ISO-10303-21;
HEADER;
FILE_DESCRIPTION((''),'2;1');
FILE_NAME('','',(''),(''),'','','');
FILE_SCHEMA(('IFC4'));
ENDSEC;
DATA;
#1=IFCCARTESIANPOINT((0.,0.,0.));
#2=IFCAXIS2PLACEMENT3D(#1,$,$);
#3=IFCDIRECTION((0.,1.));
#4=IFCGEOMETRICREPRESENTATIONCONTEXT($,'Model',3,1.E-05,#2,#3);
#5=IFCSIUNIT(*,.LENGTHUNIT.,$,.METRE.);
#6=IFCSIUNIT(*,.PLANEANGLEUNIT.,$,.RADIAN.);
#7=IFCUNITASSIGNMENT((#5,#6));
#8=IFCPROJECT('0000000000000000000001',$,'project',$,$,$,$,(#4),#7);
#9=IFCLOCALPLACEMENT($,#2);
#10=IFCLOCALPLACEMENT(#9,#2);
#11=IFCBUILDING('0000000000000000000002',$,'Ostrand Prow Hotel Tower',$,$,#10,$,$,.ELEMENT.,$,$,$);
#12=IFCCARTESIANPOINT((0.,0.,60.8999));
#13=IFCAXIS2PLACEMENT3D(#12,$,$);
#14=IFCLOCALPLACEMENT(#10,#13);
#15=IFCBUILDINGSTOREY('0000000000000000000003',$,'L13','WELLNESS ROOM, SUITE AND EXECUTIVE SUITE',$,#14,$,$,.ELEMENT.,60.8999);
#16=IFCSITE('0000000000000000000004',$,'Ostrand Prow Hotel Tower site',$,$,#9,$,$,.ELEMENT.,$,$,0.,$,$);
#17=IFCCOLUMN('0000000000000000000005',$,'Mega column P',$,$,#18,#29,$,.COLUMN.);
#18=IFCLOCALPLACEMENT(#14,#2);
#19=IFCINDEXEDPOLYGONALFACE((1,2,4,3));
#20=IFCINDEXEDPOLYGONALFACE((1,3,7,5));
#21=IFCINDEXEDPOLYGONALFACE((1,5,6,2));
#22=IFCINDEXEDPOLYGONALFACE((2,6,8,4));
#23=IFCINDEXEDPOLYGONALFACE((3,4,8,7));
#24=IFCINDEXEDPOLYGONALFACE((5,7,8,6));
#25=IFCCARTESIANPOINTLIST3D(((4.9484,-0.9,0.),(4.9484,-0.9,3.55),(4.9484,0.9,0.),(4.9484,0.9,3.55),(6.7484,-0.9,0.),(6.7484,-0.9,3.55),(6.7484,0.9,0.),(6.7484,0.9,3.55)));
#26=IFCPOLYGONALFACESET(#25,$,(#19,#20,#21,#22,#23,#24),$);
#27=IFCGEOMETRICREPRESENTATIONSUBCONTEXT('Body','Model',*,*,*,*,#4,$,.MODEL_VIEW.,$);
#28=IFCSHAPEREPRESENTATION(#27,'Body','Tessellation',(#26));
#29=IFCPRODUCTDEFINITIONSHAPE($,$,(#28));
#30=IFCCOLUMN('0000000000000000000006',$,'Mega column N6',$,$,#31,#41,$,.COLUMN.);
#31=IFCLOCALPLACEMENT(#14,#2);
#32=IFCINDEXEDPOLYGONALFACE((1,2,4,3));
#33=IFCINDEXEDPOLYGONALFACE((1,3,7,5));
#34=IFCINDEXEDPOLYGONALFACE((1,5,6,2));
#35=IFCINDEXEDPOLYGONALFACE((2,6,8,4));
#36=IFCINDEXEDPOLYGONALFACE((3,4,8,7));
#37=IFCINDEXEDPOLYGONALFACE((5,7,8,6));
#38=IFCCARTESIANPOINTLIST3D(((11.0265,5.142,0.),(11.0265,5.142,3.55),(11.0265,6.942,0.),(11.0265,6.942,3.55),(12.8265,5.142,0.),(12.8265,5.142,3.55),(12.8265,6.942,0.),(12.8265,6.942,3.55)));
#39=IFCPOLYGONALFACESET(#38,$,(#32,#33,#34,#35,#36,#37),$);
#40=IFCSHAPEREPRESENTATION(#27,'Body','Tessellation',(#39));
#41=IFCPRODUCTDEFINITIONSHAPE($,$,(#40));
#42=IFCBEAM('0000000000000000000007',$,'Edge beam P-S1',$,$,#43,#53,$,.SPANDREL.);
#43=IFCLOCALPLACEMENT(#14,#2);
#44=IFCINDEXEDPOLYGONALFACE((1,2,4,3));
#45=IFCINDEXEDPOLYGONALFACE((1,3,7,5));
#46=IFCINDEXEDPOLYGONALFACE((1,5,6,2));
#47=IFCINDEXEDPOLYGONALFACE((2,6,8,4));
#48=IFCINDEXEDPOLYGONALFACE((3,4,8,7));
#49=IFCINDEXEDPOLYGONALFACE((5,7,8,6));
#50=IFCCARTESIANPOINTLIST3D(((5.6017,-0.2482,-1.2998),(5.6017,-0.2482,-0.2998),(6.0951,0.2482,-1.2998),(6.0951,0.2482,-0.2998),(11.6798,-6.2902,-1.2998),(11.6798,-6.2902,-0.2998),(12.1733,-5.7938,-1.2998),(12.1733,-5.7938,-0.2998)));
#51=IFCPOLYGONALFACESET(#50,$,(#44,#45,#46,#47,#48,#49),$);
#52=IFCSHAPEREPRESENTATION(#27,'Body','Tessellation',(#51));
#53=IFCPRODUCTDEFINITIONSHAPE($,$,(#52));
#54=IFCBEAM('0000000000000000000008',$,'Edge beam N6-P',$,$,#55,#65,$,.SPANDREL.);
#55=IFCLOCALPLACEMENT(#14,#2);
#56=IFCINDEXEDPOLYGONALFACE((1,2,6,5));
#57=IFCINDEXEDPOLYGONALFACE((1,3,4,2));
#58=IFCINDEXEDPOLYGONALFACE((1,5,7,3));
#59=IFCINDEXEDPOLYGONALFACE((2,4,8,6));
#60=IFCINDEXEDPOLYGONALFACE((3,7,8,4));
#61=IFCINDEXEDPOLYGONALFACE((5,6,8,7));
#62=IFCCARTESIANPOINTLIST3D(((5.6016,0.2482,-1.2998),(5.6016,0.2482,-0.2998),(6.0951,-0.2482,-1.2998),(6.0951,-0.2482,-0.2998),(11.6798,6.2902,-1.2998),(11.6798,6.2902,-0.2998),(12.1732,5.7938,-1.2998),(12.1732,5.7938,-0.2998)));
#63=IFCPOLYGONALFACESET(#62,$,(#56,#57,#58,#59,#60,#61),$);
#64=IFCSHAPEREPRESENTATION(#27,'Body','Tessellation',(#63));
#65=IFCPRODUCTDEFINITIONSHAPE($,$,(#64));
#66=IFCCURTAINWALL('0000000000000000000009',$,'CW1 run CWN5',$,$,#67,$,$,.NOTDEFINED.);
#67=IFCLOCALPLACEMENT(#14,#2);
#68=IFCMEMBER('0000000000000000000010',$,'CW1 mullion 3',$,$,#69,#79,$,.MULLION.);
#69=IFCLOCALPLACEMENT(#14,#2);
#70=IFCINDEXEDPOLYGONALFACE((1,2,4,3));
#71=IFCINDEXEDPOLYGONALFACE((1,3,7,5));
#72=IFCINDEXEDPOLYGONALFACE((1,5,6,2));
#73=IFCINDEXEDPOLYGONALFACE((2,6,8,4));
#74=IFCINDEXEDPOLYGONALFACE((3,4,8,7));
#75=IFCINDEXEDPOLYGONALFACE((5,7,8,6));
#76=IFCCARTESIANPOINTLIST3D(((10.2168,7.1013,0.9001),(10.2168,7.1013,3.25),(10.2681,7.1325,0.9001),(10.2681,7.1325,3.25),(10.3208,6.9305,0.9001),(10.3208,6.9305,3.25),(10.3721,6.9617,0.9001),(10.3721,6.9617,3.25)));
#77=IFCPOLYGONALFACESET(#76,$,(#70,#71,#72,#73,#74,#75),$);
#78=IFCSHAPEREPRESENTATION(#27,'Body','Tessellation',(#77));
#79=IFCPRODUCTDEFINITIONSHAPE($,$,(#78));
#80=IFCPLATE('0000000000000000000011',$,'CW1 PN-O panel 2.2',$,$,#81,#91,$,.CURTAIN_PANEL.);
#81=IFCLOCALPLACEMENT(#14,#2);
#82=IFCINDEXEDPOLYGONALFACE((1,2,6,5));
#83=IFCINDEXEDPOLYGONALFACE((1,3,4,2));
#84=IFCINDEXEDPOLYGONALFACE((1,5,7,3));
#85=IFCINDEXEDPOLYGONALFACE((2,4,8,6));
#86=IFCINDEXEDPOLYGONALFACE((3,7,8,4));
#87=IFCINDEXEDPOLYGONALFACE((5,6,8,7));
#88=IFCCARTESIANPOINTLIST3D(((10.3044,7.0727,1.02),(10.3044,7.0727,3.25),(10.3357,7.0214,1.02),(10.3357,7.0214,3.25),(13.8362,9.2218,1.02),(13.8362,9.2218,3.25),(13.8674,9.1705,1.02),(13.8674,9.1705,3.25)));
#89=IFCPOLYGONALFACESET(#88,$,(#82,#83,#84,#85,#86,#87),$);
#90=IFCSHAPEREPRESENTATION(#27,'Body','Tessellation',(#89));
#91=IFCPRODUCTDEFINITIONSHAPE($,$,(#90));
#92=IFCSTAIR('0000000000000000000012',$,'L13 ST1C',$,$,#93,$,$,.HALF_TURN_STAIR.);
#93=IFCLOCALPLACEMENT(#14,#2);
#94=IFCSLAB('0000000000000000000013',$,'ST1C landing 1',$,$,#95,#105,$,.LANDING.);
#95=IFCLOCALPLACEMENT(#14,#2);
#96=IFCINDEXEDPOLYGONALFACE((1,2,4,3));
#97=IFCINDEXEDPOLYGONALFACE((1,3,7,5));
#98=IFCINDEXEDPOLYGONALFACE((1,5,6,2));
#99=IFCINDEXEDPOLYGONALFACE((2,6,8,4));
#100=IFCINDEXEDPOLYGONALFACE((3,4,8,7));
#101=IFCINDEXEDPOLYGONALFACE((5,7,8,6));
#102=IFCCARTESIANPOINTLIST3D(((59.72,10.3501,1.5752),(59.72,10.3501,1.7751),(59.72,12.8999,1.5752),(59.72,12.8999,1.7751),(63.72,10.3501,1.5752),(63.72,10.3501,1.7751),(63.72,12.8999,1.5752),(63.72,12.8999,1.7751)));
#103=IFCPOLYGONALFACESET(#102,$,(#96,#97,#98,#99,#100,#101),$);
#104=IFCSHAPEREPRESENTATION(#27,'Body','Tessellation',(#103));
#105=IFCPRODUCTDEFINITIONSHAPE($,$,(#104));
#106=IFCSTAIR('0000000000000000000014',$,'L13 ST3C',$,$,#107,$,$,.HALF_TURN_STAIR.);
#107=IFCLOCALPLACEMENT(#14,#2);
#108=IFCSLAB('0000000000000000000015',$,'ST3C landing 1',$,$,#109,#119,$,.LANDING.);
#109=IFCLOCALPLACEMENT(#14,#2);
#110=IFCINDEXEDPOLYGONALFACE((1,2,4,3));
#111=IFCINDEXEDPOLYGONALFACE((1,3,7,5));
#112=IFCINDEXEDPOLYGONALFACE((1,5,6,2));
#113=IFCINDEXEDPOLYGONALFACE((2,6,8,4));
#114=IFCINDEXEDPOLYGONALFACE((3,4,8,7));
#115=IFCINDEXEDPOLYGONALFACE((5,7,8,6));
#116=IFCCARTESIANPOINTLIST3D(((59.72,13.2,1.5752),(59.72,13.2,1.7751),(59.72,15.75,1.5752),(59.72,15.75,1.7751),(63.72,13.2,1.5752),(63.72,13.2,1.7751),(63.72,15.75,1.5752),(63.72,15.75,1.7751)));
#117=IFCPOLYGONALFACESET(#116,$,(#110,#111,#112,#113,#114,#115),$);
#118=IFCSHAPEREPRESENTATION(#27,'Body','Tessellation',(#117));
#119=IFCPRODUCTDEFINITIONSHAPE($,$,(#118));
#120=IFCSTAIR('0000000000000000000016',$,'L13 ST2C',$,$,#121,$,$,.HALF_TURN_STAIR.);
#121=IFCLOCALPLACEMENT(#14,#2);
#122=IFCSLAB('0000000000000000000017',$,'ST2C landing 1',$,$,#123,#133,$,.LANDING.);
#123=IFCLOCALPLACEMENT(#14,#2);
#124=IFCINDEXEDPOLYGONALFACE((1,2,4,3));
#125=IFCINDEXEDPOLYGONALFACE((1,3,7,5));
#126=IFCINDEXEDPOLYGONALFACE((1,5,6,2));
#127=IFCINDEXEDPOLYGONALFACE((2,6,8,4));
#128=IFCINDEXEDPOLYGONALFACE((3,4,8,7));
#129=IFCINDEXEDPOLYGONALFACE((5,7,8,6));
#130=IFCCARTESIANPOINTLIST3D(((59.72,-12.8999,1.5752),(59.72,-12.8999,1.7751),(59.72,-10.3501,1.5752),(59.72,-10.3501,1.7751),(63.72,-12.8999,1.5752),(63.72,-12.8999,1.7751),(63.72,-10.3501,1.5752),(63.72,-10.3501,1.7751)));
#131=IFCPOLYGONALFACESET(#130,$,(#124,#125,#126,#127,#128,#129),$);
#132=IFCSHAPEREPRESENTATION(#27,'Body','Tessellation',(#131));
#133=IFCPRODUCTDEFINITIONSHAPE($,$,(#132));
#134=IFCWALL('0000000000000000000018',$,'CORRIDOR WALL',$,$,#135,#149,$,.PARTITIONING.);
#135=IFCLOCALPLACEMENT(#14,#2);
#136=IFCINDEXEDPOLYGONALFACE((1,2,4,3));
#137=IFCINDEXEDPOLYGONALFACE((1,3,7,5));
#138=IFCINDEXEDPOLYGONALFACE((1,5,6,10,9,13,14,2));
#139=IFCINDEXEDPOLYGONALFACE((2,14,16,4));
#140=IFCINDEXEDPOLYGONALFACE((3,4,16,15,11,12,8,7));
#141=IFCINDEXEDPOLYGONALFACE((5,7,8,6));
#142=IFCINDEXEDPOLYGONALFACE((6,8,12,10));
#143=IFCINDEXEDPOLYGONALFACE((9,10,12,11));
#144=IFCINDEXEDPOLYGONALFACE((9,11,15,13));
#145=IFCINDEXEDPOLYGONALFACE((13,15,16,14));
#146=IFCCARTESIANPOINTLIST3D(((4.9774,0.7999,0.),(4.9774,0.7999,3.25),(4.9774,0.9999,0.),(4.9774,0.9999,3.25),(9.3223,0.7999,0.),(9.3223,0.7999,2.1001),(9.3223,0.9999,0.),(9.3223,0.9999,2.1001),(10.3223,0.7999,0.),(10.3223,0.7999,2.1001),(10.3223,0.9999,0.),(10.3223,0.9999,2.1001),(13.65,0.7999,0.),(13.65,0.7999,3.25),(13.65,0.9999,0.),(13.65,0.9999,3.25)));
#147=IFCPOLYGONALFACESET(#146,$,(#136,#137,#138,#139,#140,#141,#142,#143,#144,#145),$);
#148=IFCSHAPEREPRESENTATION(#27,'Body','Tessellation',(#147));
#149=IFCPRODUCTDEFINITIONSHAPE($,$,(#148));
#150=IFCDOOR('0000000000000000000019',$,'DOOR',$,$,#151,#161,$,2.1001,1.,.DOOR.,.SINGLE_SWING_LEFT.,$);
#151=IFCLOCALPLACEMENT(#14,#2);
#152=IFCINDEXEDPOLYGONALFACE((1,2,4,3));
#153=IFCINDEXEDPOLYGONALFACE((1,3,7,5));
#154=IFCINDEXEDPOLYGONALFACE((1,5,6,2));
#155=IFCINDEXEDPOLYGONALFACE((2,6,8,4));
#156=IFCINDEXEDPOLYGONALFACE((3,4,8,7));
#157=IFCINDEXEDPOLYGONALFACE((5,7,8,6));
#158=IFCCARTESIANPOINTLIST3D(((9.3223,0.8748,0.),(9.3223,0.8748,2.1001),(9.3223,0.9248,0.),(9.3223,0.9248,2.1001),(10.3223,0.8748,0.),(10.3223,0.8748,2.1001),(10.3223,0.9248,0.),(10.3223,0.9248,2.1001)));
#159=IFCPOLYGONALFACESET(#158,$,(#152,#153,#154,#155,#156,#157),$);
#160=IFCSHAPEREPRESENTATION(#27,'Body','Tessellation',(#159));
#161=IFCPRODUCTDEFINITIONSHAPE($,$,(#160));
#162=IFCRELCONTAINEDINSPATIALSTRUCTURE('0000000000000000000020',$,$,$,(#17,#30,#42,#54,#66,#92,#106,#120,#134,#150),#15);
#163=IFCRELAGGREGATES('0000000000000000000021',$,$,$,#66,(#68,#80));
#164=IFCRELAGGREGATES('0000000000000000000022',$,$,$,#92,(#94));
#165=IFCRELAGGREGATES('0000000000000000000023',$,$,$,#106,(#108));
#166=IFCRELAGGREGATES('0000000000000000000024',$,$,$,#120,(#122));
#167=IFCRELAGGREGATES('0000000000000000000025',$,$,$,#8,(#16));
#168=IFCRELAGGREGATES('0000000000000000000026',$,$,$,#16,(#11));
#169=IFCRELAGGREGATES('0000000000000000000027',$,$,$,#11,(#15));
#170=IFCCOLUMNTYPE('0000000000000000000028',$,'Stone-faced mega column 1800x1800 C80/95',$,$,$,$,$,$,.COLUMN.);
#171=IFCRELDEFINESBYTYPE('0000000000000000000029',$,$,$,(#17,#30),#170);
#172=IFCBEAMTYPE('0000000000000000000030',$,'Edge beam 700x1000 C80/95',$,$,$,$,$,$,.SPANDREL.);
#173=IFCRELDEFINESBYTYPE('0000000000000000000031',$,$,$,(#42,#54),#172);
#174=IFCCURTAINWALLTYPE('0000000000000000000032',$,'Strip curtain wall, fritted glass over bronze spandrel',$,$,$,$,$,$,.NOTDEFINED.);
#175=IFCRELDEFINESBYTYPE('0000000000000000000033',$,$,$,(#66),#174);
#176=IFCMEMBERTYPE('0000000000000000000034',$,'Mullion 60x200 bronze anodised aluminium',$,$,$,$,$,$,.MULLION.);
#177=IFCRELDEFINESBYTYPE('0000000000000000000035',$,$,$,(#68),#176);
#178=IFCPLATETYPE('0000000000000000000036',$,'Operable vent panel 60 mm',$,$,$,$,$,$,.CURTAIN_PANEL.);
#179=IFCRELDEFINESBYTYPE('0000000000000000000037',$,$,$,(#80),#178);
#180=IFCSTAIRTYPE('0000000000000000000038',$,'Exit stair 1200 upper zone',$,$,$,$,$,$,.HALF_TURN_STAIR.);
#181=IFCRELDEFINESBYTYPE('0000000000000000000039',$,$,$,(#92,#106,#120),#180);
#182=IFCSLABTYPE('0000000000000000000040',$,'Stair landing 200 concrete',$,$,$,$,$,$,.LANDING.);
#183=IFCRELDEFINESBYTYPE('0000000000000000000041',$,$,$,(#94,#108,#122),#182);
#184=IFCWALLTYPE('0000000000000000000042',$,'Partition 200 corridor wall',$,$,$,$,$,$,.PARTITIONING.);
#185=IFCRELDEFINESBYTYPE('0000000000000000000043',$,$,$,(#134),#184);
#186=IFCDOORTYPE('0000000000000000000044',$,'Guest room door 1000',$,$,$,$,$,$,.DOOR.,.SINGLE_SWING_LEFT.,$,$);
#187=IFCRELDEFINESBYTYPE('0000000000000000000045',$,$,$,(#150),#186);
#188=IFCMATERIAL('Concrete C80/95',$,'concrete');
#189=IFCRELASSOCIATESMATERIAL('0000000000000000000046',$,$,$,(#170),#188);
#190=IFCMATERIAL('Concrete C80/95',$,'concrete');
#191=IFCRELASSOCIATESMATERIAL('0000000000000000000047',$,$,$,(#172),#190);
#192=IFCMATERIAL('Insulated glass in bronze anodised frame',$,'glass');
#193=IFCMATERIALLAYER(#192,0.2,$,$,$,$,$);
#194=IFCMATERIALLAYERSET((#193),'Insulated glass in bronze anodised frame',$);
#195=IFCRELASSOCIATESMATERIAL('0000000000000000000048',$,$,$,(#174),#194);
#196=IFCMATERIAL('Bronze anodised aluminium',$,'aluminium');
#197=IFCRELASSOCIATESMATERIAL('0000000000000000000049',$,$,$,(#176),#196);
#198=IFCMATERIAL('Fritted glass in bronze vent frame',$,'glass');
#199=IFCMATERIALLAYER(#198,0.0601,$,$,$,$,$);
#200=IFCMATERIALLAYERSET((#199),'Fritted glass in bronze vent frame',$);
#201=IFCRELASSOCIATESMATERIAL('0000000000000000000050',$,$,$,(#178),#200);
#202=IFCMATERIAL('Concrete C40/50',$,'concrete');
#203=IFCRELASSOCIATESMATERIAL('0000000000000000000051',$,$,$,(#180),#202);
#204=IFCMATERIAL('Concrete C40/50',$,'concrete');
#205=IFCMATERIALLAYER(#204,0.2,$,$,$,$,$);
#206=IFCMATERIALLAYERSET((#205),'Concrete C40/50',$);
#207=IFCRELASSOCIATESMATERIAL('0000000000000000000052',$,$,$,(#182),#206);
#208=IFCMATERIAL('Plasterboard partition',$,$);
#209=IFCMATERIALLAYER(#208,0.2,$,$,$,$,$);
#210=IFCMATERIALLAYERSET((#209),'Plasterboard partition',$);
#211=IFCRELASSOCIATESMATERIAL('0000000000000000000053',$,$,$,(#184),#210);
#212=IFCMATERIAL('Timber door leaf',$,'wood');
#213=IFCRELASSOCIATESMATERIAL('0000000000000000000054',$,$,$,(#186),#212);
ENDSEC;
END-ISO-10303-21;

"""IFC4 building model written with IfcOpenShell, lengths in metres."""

from ifc_helpers import new_model, si_unit, direction, frame, frame_2d, origin, origin_2d, place, context, subcontext, project, spatial, polyline, rectangle, outline, extrude, material, layer, layer_set, material_profile, profile_set, type_object, element, fill, aggregate, save


model = new_model("IFC4")

# Units and contexts
model_context = context("Model", 3, precision=1e-05, world=origin(), true_north=direction((0.0, 1.0)))
body_context = subcontext(model_context, "Body", "Model", "MODEL_VIEW")
ifc_project = project(units=[si_unit("LENGTHUNIT", "METRE"), si_unit("PLANEANGLEUNIT", "RADIAN")], contexts=[model_context])

# Site, building, storey
site_placement = place(None, origin())
site = spatial("IfcSite", under=ifc_project, at=site_placement, Name="Ostrand Prow Hotel Tower site", CompositionType="ELEMENT", RefElevation=0.0)
building_placement = place(site_placement, origin())
building = spatial("IfcBuilding", under=site, at=building_placement, Name="Ostrand Prow Hotel Tower", CompositionType="ELEMENT")
storey_placement = place(building_placement, frame((0.0, 0.0, 60.8999)))
storey = spatial("IfcBuildingStorey", under=building, at=storey_placement, Name="L13", Description="WELLNESS ROOM, SUITE AND EXECUTIVE SUITE", CompositionType="ELEMENT", Elevation=60.8999)

# Columns
ifc_material_1 = material(Name="Concrete C80/95", Category="concrete")
ifc_material_profile_1 = material_profile(ifc_material_1, rectangle(XDim=1.8, YDim=1.8, at=origin_2d()), Name="RC 1800x1800")
ifc_profile_set_1 = profile_set([ifc_material_profile_1], Name="Concrete C80/95")
column_type = type_object("IfcColumnType", Name="Stone-faced mega column 1800x1800 C80/95", PredefinedType="COLUMN", material=ifc_profile_set_1)
for number, where, z_axis, x_axis, name in (
    (1, (5.8484, 0.0, 0.0), (0.0, 0.0, 1.0), (1.0, 0.0, 0.0), "Mega column P"),
    (2, (11.9265, 6.042, 0.0), (0.0, 0.0, 1.0), (1.0, 0.0, 0.0), "Mega column N6"),
):
    element("IfcColumn", number, at=place(storey_placement, frame(where, z_axis=z_axis, x_axis=x_axis)), inside=storey, type_object=column_type, Name=name, PredefinedType="COLUMN", context=body_context, shape_type="SweptSolid", body=[
        extrude(rectangle(XDim=1.8, YDim=1.8, at=origin_2d()), origin(), (0.0, 0.0, 1.0), 3.55),
    ])

# Beams
ifc_material_2 = material(Name="Concrete C80/95", Category="concrete")
ifc_material_profile_2 = material_profile(ifc_material_2, rectangle(XDim=0.7, YDim=1.0, at=origin_2d()), Name="RC 700x1000")
ifc_profile_set_2 = profile_set([ifc_material_profile_2], Name="Concrete C80/95")
beam_type = type_object("IfcBeamType", Name="Edge beam 700x1000 C80/95", PredefinedType="SPANDREL", material=ifc_profile_set_2)
for number, where, z_axis, x_axis, name in (
    (3, (5.8484, 0.0, -0.7998), (0.709212, -0.704996, 0.0), (0.704996, 0.709212, 0.0), "Edge beam P-S1"),
    (4, (11.9265, 6.042, -0.7998), (-0.709212, -0.704996, 0.0), (0.704996, -0.709212, 0.0), "Edge beam N6-P"),
):
    element("IfcBeam", number, at=place(storey_placement, frame(where, z_axis=z_axis, x_axis=x_axis)), inside=storey, type_object=beam_type, Name=name, PredefinedType="SPANDREL", context=body_context, shape_type="SweptSolid", body=[
        extrude(rectangle(XDim=0.7, YDim=1.0, at=origin_2d()), origin(), (0.0, 0.0, 1.0), 8.5703),
    ])

# Curtain wall, member, plate
ifc_material_3 = material(Name="Insulated glass in bronze anodised frame", Category="glass")
ifc_layer_1 = layer(ifc_material_3, 0.2)
ifc_layer_set_1 = layer_set([ifc_layer_1], Name="Insulated glass in bronze anodised frame")
curtain_wall_type = type_object("IfcCurtainWallType", Name="Strip curtain wall, fritted glass over bronze spandrel", PredefinedType="NOTDEFINED", material=ifc_layer_set_1)
curtain_wall_placement = place(storey_placement, origin())
curtain_wall = element("IfcCurtainWall", 5, at=curtain_wall_placement, inside=storey, type_object=curtain_wall_type, Name="CW1 run CWN5", PredefinedType="NOTDEFINED")
ifc_material_4 = material(Name="Bronze anodised aluminium", Category="aluminium")
ifc_material_profile_3 = material_profile(ifc_material_4, rectangle(XDim=0.2, YDim=0.0601, at=origin_2d()), Name="Mullion 60x200 bronze anodised aluminium")
ifc_profile_set_3 = profile_set([ifc_material_profile_3], Name="Bronze anodised aluminium")
member_type = type_object("IfcMemberType", Name="Mullion 60x200 bronze anodised aluminium", PredefinedType="MULLION", material=ifc_profile_set_3)
member_placement = place(storey_placement, frame((10.2944, 7.0315, 0.9001), z_axis=(0.0, 0.0, 1.0), x_axis=(0.519831, -0.854269, 0.0)))
member = element("IfcMember", 6, at=member_placement, type_object=member_type, Name="CW1 mullion 3", PredefinedType="MULLION", context=body_context, shape_type="SweptSolid", body=[
    extrude(rectangle(XDim=0.2, YDim=0.0601, at=origin_2d()), origin(), (0.0, 0.0, 1.0), 2.3499),
])
ifc_material_5 = material(Name="Fritted glass in bronze vent frame", Category="glass")
ifc_layer_2 = layer(ifc_material_5, 0.0601)
ifc_layer_set_2 = layer_set([ifc_layer_2], Name="Fritted glass in bronze vent frame")
plate_type = type_object("IfcPlateType", Name="Operable vent panel 60 mm", PredefinedType="CURTAIN_PANEL", material=ifc_layer_set_2)
plate_placement = place(storey_placement, frame((12.0859, 8.1216, 1.02), z_axis=(0.0, 0.0, 1.0), x_axis=(-0.854269, -0.519831, 0.0)))
plate = element("IfcPlate", 7, at=plate_placement, type_object=plate_type, Name="CW1 PN-O panel 2.2", PredefinedType="CURTAIN_PANEL", context=body_context, shape_type="SweptSolid", body=[
    extrude(rectangle(XDim=4.1343, YDim=0.0601, at=origin_2d()), origin(), (0.0, 0.0, 1.0), 2.23),
])
aggregate(curtain_wall, [member, plate])

# Stairs, slabs
ifc_material_6 = material(Name="Concrete C40/50", Category="concrete")
stair_type = type_object("IfcStairType", Name="Exit stair 1200 upper zone", PredefinedType="HALF_TURN_STAIR", material=ifc_material_6)
stair_1_placement = place(storey_placement, origin())
stair_1 = element("IfcStair", 8, at=stair_1_placement, inside=storey, type_object=stair_type, Name="L13 ST1C", PredefinedType="HALF_TURN_STAIR")
ifc_material_7 = material(Name="Concrete C40/50", Category="concrete")
ifc_layer_3 = layer(ifc_material_7, 0.2)
ifc_layer_set_3 = layer_set([ifc_layer_3], Name="Concrete C40/50")
slab_type = type_object("IfcSlabType", Name="Stair landing 200 concrete", PredefinedType="LANDING", material=ifc_layer_set_3)
slab_1_placement = place(storey_placement, frame((0.0, 0.0, 1.5752)))
slab_1 = element("IfcSlab", 9, at=slab_1_placement, type_object=slab_type, Name="ST1C landing 1", PredefinedType="LANDING", context=body_context, shape_type="SweptSolid", body=[
    extrude(outline(polyline([(59.72, 10.3501), (63.72, 10.3501), (63.72, 12.8999), (59.72, 12.8999), (59.72, 10.3501)])), origin(), (0.0, 0.0, 1.0), 0.2),
])
aggregate(stair_1, [slab_1])
stair_2_placement = place(storey_placement, origin())
stair_2 = element("IfcStair", 10, at=stair_2_placement, inside=storey, type_object=stair_type, Name="L13 ST3C", PredefinedType="HALF_TURN_STAIR")
slab_2_placement = place(storey_placement, frame((0.0, 0.0, 1.5752)))
slab_2 = element("IfcSlab", 11, at=slab_2_placement, type_object=slab_type, Name="ST3C landing 1", PredefinedType="LANDING", context=body_context, shape_type="SweptSolid", body=[
    extrude(outline(polyline([(59.72, 13.2), (63.72, 13.2), (63.72, 15.75), (59.72, 15.75), (59.72, 13.2)])), origin(), (0.0, 0.0, 1.0), 0.2),
])
aggregate(stair_2, [slab_2])
stair_3_placement = place(storey_placement, origin())
stair_3 = element("IfcStair", 12, at=stair_3_placement, inside=storey, type_object=stair_type, Name="L13 ST2C", PredefinedType="HALF_TURN_STAIR")
slab_3_placement = place(storey_placement, frame((0.0, 0.0, 1.5752)))
slab_3 = element("IfcSlab", 13, at=slab_3_placement, type_object=slab_type, Name="ST2C landing 1", PredefinedType="LANDING", context=body_context, shape_type="SweptSolid", body=[
    extrude(outline(polyline([(59.72, -12.8999), (63.72, -12.8999), (63.72, -10.3501), (59.72, -10.3501), (59.72, -12.8999)])), origin(), (0.0, 0.0, 1.0), 0.2),
])
aggregate(stair_3, [slab_3])

# Wall, opening, door
ifc_material_8 = material(Name="Plasterboard partition")
ifc_layer_4 = layer(ifc_material_8, 0.2)
ifc_layer_set_4 = layer_set([ifc_layer_4], Name="Plasterboard partition")
wall_type_1 = type_object("IfcWallType", Name="Partition 200 corridor wall", PredefinedType="PARTITIONING", material=ifc_layer_set_4)
wall_1_placement = place(storey_placement, frame((4.9773, 0.8999, 0.0), z_axis=(0.0, 0.0, 1.0), x_axis=(1.0, 0.0, 0.0)))
wall_1 = element("IfcWall", 14, at=wall_1_placement, inside=storey, type_object=wall_type_1, Name="CORRIDOR WALL", PredefinedType="PARTITIONING", context=body_context, shape_type="SweptSolid", body=[
    extrude(rectangle(XDim=8.6726, YDim=0.2, at=frame_2d((4.3364, 0.0))), origin(), (0.0, 0.0, 1.0), 3.25),
])
opening_1_placement = place(wall_1_placement, frame((4.345, 0.0, 0.0)))
opening_1 = element("IfcOpeningElement", 15, at=opening_1_placement, cuts=wall_1, PredefinedType="OPENING", context=body_context, shape_type="SweptSolid", body=[
    extrude(rectangle(XDim=1.0, YDim=2.1001, at=frame_2d((0.5, 1.05))), frame((0.0, 0.1099, 0.0), z_axis=(0.0, -1.0, 0.0), x_axis=(1.0, 0.0, 0.0)), (0.0, 0.0, 1.0), 0.22),
])
ifc_material_9 = material(Name="Timber door leaf", Category="wood")
door_type = type_object("IfcDoorType", Name="Guest room door 1000", OperationType="SINGLE_SWING_LEFT", PredefinedType="DOOR", material=ifc_material_9)
door_placement = place(opening_1_placement, origin())
door = element("IfcDoor", 16, at=door_placement, inside=storey, type_object=door_type, Name="DOOR", OperationType="SINGLE_SWING_LEFT", OverallHeight=2.1001, OverallWidth=1.0, PredefinedType="DOOR", context=body_context, shape_type="SweptSolid", body=[
    extrude(rectangle(XDim=1.0, YDim=2.1001, at=frame_2d((0.5, 1.05))), frame((0.0, 0.0249, 0.0), z_axis=(0.0, -1.0, 0.0), x_axis=(1.0, 0.0, 0.0)), (0.0, 0.0, 1.0), 0.05),
])
fill(opening_1, door)

save(model, "model.ifc")
